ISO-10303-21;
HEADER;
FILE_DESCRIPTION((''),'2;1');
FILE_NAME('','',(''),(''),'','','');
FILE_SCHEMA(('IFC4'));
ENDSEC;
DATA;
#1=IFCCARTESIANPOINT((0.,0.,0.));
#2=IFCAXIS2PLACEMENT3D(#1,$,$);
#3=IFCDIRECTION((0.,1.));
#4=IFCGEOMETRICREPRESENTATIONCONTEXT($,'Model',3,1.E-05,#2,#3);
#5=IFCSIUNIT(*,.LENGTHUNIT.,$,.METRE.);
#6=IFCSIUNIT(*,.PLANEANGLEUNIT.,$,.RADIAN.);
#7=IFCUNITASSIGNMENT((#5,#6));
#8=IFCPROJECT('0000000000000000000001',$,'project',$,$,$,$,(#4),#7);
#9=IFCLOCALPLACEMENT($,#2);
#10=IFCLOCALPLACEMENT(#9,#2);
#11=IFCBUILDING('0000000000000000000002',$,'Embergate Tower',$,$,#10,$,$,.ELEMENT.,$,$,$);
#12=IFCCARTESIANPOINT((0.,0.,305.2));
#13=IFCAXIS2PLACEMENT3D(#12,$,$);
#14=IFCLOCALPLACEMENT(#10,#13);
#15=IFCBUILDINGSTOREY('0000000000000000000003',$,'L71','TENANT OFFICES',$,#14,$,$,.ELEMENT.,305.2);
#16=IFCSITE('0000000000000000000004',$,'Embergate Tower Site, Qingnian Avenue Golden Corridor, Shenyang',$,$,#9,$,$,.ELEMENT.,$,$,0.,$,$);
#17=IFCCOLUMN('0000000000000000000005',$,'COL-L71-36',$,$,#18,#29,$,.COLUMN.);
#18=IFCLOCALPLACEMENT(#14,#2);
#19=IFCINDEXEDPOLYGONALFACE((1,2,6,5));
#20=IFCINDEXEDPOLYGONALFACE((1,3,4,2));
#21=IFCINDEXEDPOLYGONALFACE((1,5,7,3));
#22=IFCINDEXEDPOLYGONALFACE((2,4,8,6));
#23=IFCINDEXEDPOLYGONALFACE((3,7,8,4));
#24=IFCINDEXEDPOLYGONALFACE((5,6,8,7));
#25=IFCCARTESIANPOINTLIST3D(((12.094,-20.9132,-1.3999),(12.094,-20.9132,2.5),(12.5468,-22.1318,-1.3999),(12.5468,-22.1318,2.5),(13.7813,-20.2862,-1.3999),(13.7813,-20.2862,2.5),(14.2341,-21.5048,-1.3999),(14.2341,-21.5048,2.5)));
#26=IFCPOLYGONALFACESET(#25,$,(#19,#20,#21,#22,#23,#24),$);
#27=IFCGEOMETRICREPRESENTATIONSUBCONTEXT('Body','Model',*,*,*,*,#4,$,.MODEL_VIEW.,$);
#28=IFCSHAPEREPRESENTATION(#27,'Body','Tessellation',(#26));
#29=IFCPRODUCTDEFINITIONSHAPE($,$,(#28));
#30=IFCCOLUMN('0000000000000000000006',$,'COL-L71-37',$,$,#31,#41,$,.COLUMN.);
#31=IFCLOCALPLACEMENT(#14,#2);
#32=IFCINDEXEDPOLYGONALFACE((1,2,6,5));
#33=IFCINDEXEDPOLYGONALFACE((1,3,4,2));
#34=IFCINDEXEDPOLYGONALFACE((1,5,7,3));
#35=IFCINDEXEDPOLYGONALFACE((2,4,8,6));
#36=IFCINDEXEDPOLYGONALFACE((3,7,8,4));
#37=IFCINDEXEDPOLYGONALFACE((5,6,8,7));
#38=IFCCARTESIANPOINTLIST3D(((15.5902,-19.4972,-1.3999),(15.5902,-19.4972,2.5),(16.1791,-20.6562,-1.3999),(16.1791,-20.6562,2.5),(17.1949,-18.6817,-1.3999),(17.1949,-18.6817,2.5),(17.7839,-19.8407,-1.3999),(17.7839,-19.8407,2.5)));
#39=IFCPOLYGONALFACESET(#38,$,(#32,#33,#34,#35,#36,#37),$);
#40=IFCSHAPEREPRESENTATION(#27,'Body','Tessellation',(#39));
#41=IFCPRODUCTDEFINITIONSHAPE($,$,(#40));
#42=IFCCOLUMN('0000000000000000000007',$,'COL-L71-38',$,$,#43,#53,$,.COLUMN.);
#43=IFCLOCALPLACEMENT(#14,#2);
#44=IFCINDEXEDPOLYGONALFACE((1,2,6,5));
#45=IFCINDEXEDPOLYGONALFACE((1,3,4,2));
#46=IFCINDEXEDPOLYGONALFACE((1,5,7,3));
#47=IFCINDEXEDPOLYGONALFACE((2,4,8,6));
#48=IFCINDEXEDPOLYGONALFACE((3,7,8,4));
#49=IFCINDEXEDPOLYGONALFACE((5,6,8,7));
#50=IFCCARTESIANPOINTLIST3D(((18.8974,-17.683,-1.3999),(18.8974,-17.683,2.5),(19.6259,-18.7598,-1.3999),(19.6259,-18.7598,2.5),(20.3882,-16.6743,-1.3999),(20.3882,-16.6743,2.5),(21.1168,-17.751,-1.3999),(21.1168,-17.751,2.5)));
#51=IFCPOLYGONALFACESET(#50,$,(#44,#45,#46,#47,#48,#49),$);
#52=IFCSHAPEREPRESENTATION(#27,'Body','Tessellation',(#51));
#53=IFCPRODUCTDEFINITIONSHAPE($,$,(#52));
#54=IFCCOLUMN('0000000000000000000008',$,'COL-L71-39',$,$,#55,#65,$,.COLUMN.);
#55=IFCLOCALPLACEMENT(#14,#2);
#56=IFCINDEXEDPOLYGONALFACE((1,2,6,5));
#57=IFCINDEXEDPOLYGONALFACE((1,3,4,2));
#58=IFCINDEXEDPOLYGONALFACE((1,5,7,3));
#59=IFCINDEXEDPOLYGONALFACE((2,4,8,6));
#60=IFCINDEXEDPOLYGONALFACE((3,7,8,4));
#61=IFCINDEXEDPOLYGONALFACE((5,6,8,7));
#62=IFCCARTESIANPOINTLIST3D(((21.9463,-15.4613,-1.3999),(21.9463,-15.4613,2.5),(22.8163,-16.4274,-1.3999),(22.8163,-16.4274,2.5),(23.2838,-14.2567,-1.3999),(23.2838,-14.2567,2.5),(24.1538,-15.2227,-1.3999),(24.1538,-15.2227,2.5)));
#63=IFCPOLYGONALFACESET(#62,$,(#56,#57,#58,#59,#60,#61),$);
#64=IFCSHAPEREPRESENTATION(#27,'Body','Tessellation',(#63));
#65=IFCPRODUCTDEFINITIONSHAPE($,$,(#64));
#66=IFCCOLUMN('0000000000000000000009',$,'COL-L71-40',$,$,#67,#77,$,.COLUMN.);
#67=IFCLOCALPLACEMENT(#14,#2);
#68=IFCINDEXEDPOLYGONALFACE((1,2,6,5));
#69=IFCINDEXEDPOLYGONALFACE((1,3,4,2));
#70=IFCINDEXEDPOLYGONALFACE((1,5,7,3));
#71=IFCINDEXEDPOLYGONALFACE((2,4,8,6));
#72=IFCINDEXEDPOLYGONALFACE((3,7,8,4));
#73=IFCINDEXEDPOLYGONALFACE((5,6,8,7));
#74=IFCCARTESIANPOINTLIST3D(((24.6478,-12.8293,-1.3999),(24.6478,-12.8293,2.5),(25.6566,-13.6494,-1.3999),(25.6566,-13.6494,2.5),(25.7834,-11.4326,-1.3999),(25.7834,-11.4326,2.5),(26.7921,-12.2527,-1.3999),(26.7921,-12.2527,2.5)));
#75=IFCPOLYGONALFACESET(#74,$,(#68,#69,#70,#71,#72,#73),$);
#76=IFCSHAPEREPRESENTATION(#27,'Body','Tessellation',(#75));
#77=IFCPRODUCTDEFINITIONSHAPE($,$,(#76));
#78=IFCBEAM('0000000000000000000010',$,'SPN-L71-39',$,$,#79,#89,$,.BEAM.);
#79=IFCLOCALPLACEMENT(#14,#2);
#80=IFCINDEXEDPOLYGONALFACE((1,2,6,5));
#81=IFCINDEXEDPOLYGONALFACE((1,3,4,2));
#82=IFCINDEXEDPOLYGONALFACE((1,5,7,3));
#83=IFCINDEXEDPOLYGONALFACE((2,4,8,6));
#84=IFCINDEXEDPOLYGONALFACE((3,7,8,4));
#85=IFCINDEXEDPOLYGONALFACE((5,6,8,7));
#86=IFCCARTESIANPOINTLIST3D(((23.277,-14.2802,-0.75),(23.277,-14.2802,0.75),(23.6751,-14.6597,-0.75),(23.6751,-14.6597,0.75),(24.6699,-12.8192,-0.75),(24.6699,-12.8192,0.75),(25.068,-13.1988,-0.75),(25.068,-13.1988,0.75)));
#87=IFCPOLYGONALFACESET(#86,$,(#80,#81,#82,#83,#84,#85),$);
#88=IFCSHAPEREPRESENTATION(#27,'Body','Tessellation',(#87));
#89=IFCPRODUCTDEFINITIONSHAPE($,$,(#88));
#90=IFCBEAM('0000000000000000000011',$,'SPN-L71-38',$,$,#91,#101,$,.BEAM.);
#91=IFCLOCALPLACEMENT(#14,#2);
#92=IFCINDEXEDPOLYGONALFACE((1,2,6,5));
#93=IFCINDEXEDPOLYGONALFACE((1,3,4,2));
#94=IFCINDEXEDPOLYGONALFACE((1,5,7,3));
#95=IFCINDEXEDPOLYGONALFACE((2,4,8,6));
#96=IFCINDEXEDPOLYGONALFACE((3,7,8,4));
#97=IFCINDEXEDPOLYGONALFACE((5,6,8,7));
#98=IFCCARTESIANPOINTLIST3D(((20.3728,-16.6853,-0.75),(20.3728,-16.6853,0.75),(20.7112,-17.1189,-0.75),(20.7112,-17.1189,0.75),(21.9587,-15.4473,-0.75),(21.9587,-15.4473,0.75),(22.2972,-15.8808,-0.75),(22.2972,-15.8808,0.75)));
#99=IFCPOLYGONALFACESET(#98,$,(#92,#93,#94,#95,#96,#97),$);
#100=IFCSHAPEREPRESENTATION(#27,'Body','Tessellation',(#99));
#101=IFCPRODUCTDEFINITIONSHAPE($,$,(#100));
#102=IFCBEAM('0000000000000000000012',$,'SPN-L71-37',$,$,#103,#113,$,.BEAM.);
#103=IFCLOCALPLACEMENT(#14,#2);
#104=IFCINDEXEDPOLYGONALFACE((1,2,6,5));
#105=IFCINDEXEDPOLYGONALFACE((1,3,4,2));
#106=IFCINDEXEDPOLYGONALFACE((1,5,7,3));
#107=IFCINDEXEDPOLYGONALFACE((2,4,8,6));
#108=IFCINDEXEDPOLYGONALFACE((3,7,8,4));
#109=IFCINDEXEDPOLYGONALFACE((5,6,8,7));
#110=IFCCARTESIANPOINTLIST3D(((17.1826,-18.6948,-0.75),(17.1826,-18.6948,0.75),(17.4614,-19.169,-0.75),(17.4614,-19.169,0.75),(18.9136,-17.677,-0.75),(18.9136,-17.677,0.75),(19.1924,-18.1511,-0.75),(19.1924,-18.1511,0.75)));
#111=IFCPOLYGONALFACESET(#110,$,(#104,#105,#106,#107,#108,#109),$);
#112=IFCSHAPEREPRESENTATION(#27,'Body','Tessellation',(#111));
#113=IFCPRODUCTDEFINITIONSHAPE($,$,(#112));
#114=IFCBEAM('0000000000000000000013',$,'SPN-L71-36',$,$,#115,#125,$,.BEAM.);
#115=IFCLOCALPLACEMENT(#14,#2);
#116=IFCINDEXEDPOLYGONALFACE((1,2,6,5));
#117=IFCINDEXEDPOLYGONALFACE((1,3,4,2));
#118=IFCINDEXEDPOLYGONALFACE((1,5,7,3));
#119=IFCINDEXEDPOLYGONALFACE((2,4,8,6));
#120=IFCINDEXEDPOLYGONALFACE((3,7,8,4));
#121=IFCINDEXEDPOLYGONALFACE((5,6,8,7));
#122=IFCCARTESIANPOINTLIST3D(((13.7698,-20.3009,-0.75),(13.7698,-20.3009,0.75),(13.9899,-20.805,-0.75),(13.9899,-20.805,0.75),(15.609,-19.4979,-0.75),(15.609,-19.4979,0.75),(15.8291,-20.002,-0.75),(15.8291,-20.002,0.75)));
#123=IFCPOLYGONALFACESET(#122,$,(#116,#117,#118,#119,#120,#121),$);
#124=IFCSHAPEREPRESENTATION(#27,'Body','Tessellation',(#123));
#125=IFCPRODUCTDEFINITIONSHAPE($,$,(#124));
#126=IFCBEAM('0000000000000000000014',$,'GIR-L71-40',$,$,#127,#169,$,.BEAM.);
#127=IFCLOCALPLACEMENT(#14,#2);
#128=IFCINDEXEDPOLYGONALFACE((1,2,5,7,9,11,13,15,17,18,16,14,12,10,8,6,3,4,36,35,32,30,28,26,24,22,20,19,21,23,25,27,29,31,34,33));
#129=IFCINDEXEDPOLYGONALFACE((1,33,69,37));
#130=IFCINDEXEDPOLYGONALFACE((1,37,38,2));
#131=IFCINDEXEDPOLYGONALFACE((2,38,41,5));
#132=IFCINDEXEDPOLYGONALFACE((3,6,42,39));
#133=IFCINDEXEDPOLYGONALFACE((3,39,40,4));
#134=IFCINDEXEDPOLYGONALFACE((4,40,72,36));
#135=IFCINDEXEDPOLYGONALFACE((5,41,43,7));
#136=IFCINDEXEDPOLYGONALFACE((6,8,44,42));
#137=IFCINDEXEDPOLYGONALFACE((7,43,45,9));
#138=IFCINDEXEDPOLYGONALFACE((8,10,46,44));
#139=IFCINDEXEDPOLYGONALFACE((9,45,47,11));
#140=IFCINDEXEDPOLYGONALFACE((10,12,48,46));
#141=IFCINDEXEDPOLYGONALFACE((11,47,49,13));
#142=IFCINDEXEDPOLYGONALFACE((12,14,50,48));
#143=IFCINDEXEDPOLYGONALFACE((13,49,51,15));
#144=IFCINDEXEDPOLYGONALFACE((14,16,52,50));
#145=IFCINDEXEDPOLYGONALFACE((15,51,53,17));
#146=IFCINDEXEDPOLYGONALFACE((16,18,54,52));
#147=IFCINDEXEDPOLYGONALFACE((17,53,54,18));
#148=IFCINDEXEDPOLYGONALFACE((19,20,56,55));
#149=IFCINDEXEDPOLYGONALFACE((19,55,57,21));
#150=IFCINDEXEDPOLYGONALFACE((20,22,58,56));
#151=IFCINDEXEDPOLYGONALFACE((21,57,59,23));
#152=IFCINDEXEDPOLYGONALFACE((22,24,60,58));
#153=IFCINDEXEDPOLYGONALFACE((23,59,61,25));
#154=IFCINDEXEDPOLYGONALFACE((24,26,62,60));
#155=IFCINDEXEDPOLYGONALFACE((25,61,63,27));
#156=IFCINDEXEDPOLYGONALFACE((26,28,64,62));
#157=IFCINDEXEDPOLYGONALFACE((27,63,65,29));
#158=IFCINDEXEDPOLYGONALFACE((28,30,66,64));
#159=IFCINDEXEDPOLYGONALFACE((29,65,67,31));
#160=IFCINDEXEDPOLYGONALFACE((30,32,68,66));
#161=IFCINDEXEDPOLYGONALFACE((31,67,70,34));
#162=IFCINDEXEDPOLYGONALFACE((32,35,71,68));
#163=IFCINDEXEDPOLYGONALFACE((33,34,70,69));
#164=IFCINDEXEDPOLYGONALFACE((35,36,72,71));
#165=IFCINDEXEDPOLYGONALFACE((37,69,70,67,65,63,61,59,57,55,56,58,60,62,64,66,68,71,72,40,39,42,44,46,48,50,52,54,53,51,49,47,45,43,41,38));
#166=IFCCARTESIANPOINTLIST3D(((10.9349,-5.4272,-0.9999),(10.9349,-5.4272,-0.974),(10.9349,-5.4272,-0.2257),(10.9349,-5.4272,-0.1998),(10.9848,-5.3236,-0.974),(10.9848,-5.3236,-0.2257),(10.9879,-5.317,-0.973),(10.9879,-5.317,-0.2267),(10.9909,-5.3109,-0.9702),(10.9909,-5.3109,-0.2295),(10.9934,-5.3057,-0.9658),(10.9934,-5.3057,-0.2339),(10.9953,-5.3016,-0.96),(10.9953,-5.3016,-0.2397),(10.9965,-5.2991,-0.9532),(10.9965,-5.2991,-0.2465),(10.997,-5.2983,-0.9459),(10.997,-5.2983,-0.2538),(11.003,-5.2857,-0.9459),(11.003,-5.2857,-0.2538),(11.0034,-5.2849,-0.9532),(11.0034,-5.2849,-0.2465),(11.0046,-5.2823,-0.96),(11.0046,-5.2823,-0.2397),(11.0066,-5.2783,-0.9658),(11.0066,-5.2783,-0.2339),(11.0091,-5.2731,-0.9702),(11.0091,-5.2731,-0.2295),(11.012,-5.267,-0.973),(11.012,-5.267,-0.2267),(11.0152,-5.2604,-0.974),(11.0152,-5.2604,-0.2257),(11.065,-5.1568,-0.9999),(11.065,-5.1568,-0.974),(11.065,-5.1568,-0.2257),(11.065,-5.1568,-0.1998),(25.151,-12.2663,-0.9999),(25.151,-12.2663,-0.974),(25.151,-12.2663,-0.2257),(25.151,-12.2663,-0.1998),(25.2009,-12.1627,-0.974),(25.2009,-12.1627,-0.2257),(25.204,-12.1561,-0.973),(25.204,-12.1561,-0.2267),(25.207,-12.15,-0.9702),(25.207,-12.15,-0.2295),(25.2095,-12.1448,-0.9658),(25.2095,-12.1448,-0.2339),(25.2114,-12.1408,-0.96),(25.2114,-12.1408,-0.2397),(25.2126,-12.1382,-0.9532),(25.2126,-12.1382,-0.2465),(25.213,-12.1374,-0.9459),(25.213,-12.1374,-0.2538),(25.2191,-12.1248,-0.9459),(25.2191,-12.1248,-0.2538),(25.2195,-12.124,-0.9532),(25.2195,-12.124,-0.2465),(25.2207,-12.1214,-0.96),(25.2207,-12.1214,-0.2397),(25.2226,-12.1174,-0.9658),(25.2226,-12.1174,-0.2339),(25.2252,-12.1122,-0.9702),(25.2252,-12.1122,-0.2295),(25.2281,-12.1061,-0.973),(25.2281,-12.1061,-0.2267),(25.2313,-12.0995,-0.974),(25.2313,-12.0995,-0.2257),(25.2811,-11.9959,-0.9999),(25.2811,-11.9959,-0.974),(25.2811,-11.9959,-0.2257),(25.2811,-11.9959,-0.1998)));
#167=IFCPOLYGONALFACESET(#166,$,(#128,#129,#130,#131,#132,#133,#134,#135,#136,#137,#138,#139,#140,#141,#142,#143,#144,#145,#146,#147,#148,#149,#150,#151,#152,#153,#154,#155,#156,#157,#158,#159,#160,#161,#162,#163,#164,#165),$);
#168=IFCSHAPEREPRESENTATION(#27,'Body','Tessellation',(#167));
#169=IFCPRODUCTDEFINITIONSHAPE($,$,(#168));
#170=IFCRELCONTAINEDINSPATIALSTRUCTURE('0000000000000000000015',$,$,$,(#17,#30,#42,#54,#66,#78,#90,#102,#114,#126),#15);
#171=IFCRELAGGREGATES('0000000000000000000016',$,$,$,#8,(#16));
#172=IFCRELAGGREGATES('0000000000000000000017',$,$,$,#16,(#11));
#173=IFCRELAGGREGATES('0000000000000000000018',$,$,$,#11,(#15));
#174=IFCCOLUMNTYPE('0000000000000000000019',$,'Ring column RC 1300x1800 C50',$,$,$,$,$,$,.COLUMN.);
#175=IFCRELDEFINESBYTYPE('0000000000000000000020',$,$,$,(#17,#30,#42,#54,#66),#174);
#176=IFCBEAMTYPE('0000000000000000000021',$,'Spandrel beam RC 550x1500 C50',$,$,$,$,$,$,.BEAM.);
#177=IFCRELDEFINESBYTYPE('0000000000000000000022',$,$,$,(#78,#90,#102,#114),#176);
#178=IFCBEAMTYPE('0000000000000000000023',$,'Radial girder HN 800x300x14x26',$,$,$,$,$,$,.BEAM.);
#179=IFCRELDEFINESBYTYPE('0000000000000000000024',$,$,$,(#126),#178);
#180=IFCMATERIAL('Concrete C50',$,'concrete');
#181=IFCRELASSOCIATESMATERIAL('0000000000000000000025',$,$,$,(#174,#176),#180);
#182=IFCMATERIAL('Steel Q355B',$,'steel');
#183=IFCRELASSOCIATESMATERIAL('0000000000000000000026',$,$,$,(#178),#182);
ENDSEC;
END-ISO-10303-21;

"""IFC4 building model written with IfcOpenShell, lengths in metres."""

from ifc_helpers import new_model, si_unit, direction, frame, origin, origin_2d, place, context, subcontext, project, spatial, rectangle, i_section, extrude, source, transform, mapped, material, material_profile, profile_set, type_object, element, save


model = new_model("IFC4")

# Units and contexts
model_context = context("Model", 3, precision=1e-05, world=origin(), true_north=direction((0.0, 1.0)))
body_context = subcontext(model_context, "Body", "Model", "MODEL_VIEW")
ifc_project = project(units=[si_unit("LENGTHUNIT", "METRE"), si_unit("PLANEANGLEUNIT", "RADIAN")], contexts=[model_context])

# Site, building, storey
site_placement = place(None, origin())
site = spatial("IfcSite", under=ifc_project, at=site_placement, Name="Embergate Tower Site, Qingnian Avenue Golden Corridor, Shenyang", CompositionType="ELEMENT", RefElevation=0.0)
building_placement = place(site_placement, origin())
building = spatial("IfcBuilding", under=site, at=building_placement, Name="Embergate Tower", CompositionType="ELEMENT")
storey_placement = place(building_placement, frame((0.0, 0.0, 305.2)))
storey = spatial("IfcBuildingStorey", under=building, at=storey_placement, Name="L71", Description="TENANT OFFICES", CompositionType="ELEMENT", Elevation=305.2)

# Columns
ifc_material_1 = material(Name="Concrete C50", Category="concrete")
ifc_material_profile_1 = material_profile(ifc_material_1, rectangle(XDim=1.3, YDim=1.8, at=origin_2d()), Name="RC 1300x1800")
ifc_profile_set_1 = profile_set([ifc_material_profile_1], Name="Concrete C50")
column_type = type_object("IfcColumnType", Name="Ring column RC 1300x1800 C50", PredefinedType="COLUMN", material=ifc_profile_set_1)
shared_shape_1 = source(origin(), body_context, "Body", "SweptSolid", [
    extrude(rectangle(XDim=1.3, YDim=1.8, at=origin_2d()), origin(), (0.0, 0.0, 1.0), 3.8999),
])
for number, where, z_axis, x_axis, name in (
    (1, (13.1641, -21.209, -1.3999), (0.0, 0.0, 1.0), (0.348343, -0.937367, 0.0), "COL-L71-36"),
    (2, (16.687, -19.6689, -1.3999), (0.0, 0.0, 1.0), (0.453011, -0.891505, 0.0), "COL-L71-37"),
    (3, (20.0071, -17.717, -1.3999), (0.0, 0.0, 1.0), (0.560393, -0.828227, 0.0), "COL-L71-38"),
    (4, (23.05, -15.342, -1.3999), (0.0, 0.0, 1.0), (0.669221, -0.743063, 0.0), "COL-L71-39"),
    (5, (25.72, -12.541, -1.3999), (0.0, 0.0, 1.0), (0.775925, -0.630825, 0.0), "COL-L71-40"),
):
    element("IfcColumn", number, at=place(storey_placement, frame(where, z_axis=z_axis, x_axis=x_axis)), inside=storey, type_object=column_type, Name=name, PredefinedType="COLUMN", context=body_context, shape_type="MappedRepresentation", body=[
        mapped(shared_shape_1, transform((0.0, 0.0, 0.0))),
    ])

# Beams
ifc_material_profile_2 = material_profile(ifc_material_1, rectangle(XDim=0.55, YDim=1.5, at=origin_2d()), Name="RC 550x1500")
ifc_profile_set_2 = profile_set([ifc_material_profile_2], Name="Concrete C50")
beam_type_1 = type_object("IfcBeamType", Name="Spandrel beam RC 550x1500 C50", PredefinedType="BEAM", material=ifc_profile_set_2)
shared_shape_2 = source(origin(), body_context, "Body", "SweptSolid", [
    extrude(rectangle(XDim=0.55, YDim=1.5, at=origin_2d()), origin(), (0.0, 0.0, 1.0), 2.0186),
])
beam_1_placement = place(storey_placement, frame((23.4761, -14.47, 0.0), z_axis=(0.690033, 0.723778, 0.0), x_axis=(-0.723778, 0.690033, 0.0)))
element("IfcBeam", 6, at=beam_1_placement, inside=storey, type_object=beam_type_1, Name="SPN-L71-39", PredefinedType="BEAM", context=body_context, shape_type="MappedRepresentation", body=[
    mapped(shared_shape_2, transform((0.0, 0.0, 0.0))),
])
shared_shape_3 = source(origin(), body_context, "Body", "SweptSolid", [
    extrude(rectangle(XDim=0.55, YDim=1.5, at=origin_2d()), origin(), (0.0, 0.0, 1.0), 2.012),
])
beam_2_placement = place(storey_placement, frame((20.542, -16.9021, 0.0), z_axis=(0.78826, 0.615343, 0.0), x_axis=(-0.615343, 0.78826, 0.0)))
element("IfcBeam", 7, at=beam_2_placement, inside=storey, type_object=beam_type_1, Name="SPN-L71-38", PredefinedType="BEAM", context=body_context, shape_type="MappedRepresentation", body=[
    mapped(shared_shape_3, transform((0.0, 0.0, 0.0))),
])
shared_shape_4 = source(origin(), body_context, "Body", "SweptSolid", [
    extrude(rectangle(XDim=0.55, YDim=1.5, at=origin_2d()), origin(), (0.0, 0.0, 1.0), 2.0081),
])
beam_3_placement = place(storey_placement, frame((17.322, -18.9319, 0.0), z_axis=(0.862019, 0.506877, 0.0), x_axis=(-0.506877, 0.862019, 0.0)))
element("IfcBeam", 8, at=beam_3_placement, inside=storey, type_object=beam_type_1, Name="SPN-L71-37", PredefinedType="BEAM", context=body_context, shape_type="MappedRepresentation", body=[
    mapped(shared_shape_4, transform((0.0, 0.0, 0.0))),
])
shared_shape_5 = source(origin(), body_context, "Body", "SweptSolid", [
    extrude(rectangle(XDim=0.55, YDim=1.5, at=origin_2d()), origin(), (0.0, 0.0, 1.0), 2.0068),
])
beam_4_placement = place(storey_placement, frame((13.8799, -20.553, 0.0), z_axis=(0.916456, 0.400136, 0.0), x_axis=(-0.400136, 0.916456, 0.0)))
element("IfcBeam", 9, at=beam_4_placement, inside=storey, type_object=beam_type_1, Name="SPN-L71-36", PredefinedType="BEAM", context=body_context, shape_type="MappedRepresentation", body=[
    mapped(shared_shape_5, transform((0.0, 0.0, 0.0))),
])
ifc_material_2 = material(Name="Steel Q355B", Category="steel")
ifc_material_profile_3 = material_profile(ifc_material_2, i_section(OverallWidth=0.3, OverallDepth=0.8, WebThickness=0.0139, FlangeThickness=0.0259, FilletRadius=0.0281, at=origin_2d()), Name="HN 800x300x14x26")
ifc_profile_set_3 = profile_set([ifc_material_profile_3], Name="Steel Q355 grade B")
beam_type_2 = type_object("IfcBeamType", Name="Radial girder HN 800x300x14x26", PredefinedType="BEAM", material=ifc_profile_set_3)
shared_shape_6 = source(origin(), body_context, "Body", "SweptSolid", [
    extrude(i_section(OverallWidth=0.3, OverallDepth=0.8, WebThickness=0.0139, FlangeThickness=0.0259, FilletRadius=0.0281, at=origin_2d()), origin(), (0.0, 0.0, 1.0), 15.7756),
])
beam_5_placement = place(storey_placement, frame((25.2161, -12.1311, -0.5999), z_axis=(-0.901142, 0.433524, 0.0), x_axis=(-0.433524, -0.901142, 0.0)))
element("IfcBeam", 10, at=beam_5_placement, inside=storey, type_object=beam_type_2, Name="GIR-L71-40", PredefinedType="BEAM", context=body_context, shape_type="MappedRepresentation", body=[
    mapped(shared_shape_6, transform((0.0, 0.0, 0.0))),
])

save(model, "model.ifc")
